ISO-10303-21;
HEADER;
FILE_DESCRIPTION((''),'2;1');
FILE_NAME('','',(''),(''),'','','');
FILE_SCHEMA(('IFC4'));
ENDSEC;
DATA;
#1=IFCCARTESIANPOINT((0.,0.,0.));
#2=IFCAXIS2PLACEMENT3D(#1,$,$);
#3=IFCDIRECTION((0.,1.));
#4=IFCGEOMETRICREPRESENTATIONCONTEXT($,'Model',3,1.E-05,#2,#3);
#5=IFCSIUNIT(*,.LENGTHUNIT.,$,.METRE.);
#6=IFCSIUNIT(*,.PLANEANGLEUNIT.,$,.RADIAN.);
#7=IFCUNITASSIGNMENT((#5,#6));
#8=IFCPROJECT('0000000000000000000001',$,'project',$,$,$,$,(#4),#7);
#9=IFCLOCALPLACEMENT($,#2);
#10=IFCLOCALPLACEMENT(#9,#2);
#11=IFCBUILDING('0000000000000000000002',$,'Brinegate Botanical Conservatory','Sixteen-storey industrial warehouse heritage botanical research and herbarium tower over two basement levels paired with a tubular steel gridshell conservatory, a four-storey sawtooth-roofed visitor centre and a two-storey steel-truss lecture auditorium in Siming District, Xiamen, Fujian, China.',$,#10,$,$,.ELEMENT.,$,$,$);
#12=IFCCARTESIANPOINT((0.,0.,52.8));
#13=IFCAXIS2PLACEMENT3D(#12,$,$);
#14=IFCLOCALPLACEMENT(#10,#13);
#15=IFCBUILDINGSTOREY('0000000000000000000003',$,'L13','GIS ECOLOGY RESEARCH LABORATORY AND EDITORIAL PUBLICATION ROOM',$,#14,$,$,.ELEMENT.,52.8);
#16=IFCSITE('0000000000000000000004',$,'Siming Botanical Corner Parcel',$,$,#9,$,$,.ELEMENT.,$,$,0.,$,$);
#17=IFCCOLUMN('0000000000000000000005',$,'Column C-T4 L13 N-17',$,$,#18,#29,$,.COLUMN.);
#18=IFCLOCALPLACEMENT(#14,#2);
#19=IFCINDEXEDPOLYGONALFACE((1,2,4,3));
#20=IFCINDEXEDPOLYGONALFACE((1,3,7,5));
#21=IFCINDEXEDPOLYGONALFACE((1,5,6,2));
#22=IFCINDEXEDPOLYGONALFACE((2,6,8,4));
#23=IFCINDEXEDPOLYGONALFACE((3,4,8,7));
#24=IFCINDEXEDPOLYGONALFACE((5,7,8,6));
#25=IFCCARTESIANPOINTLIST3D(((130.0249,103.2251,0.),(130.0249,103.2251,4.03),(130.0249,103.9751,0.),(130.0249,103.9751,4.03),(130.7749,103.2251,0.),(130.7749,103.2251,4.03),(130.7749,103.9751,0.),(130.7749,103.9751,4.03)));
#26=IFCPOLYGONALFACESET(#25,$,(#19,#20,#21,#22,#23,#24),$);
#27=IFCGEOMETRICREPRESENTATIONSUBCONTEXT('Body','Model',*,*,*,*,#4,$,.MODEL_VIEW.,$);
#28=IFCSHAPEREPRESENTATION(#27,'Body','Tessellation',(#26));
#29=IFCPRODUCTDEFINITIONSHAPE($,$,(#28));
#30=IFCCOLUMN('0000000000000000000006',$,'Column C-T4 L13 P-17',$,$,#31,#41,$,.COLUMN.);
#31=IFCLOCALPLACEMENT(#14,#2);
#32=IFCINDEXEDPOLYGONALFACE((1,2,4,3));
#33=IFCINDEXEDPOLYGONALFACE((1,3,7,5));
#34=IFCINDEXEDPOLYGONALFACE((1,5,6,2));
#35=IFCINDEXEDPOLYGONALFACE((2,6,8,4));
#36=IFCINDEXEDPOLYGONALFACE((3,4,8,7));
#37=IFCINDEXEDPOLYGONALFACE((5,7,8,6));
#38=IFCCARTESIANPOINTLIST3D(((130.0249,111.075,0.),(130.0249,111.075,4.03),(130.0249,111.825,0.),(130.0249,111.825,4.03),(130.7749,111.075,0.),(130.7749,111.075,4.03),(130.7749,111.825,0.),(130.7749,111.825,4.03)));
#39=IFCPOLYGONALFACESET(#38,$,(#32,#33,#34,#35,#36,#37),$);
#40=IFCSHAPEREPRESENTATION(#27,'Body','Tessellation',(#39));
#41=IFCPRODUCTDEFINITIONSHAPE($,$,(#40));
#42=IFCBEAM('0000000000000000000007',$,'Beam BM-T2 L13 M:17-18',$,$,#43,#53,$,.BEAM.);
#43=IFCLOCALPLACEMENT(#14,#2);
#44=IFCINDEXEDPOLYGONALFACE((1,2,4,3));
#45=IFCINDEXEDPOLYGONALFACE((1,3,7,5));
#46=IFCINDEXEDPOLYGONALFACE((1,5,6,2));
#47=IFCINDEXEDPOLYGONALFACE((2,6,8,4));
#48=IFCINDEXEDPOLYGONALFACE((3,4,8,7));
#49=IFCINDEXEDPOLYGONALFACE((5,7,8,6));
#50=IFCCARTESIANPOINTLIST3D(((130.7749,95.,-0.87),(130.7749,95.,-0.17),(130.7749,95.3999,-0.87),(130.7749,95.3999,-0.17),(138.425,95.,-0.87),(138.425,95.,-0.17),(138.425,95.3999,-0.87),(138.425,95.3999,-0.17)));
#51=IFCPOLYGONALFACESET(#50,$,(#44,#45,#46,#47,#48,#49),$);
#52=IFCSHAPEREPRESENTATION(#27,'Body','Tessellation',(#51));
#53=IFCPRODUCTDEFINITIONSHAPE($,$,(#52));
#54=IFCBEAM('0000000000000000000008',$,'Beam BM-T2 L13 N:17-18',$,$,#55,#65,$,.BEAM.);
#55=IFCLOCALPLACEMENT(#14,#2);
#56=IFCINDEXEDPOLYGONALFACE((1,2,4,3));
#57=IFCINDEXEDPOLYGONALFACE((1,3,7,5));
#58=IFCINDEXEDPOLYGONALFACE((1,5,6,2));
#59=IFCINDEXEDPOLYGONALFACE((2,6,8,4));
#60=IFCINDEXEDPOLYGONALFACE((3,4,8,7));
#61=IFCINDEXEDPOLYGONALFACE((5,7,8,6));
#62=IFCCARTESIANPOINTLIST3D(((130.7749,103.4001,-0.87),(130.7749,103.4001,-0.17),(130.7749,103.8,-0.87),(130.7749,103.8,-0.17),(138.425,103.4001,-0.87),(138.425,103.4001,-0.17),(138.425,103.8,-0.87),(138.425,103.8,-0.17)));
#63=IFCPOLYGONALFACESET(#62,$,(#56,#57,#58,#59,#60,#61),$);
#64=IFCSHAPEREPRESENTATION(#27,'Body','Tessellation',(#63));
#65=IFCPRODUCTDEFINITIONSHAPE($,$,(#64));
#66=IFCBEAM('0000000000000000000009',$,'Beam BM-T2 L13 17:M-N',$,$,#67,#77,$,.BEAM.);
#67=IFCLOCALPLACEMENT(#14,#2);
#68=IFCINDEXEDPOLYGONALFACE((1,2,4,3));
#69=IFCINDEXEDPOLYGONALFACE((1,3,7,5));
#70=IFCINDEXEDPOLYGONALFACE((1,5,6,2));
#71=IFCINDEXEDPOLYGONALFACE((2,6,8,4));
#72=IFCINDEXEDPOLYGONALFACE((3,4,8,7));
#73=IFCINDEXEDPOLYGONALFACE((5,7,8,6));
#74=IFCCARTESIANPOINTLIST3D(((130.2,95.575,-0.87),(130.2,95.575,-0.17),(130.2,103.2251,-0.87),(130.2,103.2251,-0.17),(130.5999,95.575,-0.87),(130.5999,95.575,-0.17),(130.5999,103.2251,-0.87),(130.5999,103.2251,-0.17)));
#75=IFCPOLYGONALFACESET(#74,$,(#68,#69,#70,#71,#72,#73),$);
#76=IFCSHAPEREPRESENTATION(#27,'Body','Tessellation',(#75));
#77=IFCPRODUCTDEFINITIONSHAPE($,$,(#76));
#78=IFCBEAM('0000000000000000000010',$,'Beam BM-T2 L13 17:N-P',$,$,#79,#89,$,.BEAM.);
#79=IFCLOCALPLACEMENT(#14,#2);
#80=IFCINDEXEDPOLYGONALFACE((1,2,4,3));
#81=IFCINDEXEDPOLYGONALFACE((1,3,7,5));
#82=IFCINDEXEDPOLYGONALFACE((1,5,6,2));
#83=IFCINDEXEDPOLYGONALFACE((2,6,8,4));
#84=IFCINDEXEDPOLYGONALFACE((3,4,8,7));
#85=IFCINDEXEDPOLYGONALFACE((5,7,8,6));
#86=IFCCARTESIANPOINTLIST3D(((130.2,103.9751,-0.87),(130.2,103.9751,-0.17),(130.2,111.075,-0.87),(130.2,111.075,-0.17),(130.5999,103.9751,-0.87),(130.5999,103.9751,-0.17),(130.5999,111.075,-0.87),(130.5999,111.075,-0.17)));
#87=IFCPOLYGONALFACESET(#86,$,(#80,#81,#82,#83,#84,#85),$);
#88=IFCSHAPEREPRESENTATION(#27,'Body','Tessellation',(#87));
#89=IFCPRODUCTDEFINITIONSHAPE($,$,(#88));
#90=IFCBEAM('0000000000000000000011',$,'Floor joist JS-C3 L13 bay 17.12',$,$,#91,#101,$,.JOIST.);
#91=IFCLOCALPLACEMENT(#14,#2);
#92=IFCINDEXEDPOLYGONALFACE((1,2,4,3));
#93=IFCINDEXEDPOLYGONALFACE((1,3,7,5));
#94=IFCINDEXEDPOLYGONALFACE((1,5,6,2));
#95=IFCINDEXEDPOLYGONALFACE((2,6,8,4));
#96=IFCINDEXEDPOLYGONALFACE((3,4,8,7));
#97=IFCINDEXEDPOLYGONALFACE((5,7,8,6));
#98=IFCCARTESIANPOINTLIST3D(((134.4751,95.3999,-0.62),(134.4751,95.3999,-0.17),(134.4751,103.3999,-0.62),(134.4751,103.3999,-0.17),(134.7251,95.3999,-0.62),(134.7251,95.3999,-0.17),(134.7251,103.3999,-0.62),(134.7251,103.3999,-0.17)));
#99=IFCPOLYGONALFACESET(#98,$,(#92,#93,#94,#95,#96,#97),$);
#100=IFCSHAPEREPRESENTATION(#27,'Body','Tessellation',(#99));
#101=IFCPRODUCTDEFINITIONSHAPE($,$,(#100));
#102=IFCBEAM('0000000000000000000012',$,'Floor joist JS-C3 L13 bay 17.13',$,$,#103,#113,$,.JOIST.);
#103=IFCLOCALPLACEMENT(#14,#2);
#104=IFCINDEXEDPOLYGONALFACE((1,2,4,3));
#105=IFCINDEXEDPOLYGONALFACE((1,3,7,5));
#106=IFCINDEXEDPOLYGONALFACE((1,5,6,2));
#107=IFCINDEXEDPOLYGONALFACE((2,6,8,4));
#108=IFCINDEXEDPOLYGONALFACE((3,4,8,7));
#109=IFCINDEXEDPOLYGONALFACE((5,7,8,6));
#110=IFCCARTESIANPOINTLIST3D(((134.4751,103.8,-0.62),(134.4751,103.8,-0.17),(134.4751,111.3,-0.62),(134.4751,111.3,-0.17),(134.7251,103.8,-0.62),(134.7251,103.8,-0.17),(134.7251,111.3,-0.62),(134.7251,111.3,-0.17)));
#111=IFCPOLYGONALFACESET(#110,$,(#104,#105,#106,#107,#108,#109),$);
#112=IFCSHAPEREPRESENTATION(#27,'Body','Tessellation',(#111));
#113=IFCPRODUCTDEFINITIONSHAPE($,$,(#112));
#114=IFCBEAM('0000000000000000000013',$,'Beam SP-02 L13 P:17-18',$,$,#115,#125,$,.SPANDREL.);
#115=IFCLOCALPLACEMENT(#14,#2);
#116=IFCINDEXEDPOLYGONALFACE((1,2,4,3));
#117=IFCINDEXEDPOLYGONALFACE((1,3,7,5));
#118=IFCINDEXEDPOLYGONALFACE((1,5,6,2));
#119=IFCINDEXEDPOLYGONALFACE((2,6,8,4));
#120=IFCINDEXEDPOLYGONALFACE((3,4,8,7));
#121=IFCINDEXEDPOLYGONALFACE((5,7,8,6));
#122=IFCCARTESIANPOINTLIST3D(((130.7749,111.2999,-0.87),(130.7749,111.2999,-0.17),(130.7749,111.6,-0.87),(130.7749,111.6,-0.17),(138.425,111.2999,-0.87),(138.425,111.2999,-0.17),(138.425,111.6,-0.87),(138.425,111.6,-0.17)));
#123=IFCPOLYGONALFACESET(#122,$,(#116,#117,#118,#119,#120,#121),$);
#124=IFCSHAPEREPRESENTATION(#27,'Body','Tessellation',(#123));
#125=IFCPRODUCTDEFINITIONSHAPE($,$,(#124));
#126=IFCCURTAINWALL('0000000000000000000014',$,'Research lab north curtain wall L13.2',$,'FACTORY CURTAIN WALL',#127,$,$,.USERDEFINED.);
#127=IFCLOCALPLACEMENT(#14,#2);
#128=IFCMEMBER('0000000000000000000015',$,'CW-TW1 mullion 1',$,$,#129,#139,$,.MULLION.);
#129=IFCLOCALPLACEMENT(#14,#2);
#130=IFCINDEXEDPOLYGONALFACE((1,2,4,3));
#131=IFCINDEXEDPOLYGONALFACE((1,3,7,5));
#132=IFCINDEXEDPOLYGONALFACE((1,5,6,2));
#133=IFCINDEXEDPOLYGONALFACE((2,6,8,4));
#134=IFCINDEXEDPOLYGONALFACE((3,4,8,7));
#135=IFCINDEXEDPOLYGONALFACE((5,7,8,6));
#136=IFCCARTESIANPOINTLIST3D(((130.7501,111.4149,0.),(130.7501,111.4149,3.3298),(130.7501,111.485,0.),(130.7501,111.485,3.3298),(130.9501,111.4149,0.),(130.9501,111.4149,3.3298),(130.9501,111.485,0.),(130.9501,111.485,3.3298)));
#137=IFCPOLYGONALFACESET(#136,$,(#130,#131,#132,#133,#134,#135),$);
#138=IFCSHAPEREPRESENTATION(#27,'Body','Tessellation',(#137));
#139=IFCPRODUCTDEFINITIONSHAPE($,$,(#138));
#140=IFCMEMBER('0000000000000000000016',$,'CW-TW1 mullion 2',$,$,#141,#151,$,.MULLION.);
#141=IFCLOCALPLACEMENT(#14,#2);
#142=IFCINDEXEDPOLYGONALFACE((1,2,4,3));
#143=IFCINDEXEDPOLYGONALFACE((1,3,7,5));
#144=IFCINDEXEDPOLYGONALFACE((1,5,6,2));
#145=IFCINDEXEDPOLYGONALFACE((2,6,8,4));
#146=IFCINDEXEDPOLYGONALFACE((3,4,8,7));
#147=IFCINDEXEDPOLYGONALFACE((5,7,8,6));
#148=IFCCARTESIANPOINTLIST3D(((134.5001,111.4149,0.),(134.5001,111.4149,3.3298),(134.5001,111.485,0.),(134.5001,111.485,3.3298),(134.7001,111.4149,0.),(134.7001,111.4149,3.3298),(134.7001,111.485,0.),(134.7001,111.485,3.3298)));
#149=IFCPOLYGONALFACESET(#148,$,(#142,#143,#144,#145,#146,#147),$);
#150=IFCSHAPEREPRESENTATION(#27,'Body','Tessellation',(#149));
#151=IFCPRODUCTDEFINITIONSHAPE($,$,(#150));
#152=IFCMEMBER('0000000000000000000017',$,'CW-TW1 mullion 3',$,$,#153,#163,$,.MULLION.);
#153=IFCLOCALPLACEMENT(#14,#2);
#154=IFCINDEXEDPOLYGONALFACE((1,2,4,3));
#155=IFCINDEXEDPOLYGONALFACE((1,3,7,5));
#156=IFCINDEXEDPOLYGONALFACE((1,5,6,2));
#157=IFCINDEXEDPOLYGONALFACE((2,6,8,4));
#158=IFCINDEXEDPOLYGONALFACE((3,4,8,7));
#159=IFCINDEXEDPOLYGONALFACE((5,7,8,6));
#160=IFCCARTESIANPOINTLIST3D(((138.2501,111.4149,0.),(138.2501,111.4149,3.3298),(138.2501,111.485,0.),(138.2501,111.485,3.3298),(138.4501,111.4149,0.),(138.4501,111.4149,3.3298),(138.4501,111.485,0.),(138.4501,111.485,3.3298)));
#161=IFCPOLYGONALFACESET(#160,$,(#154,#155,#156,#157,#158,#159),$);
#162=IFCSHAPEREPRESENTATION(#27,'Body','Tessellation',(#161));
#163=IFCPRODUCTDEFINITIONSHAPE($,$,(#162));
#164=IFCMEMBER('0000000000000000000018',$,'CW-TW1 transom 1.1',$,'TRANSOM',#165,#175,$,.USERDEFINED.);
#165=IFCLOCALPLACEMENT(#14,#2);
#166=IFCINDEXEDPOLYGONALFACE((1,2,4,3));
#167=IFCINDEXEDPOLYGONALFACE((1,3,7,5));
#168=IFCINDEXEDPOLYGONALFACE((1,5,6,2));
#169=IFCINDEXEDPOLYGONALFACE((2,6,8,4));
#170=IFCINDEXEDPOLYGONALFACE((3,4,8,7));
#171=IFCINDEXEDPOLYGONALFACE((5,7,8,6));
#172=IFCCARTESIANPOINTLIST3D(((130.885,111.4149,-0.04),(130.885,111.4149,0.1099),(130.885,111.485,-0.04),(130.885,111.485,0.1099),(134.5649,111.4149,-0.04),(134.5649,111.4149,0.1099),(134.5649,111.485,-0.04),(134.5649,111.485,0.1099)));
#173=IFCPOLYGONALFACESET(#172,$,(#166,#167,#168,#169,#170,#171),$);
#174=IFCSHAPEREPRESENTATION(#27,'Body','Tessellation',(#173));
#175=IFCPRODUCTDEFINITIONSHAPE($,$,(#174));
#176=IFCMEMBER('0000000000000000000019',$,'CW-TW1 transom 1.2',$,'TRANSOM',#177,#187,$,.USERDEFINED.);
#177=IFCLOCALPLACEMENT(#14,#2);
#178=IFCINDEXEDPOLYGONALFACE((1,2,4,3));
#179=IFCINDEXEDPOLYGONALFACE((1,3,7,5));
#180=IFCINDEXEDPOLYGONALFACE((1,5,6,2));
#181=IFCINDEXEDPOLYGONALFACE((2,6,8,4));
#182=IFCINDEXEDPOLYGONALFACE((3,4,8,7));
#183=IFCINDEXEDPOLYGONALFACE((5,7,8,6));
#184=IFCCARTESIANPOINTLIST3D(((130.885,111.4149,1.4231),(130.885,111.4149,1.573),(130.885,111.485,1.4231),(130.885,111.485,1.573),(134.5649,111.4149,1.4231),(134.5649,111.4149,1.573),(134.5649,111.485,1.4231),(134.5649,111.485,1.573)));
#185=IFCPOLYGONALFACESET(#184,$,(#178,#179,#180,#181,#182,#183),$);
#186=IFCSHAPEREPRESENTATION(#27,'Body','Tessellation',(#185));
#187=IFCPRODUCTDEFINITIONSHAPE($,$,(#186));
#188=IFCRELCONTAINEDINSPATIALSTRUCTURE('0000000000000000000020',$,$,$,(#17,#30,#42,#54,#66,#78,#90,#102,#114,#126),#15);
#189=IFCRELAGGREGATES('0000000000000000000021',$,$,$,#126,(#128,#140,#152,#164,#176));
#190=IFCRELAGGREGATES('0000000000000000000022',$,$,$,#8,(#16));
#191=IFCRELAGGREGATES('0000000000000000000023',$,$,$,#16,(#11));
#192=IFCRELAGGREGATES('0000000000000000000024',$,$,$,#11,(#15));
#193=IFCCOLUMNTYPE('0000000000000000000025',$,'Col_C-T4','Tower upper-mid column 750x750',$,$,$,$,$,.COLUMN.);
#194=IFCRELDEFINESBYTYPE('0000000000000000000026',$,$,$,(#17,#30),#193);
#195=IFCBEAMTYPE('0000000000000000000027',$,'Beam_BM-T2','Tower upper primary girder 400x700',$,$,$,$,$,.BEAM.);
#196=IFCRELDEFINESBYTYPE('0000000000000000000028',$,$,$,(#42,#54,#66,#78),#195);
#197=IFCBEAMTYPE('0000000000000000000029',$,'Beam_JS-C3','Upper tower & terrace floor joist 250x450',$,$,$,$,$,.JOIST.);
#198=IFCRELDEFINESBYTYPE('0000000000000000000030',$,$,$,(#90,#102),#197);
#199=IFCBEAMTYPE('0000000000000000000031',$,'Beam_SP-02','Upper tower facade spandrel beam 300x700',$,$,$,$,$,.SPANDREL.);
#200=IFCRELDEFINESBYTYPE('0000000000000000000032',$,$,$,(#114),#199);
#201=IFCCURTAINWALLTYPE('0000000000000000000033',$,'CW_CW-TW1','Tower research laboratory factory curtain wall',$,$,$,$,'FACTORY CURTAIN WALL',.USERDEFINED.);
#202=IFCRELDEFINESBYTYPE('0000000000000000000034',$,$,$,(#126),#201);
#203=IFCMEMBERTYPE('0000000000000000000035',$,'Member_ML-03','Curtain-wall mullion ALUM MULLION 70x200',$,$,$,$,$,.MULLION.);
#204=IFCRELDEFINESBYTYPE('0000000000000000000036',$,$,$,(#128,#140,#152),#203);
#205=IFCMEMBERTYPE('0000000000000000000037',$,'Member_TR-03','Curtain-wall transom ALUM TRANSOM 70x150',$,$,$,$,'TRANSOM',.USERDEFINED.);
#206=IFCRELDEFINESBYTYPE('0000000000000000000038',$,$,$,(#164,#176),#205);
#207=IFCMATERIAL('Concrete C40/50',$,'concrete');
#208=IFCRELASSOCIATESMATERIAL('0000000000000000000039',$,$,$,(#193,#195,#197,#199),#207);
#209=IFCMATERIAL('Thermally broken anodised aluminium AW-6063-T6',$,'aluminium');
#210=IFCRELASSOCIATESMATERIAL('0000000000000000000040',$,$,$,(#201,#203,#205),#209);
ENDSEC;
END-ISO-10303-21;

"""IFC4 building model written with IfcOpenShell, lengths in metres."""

from ifc_helpers import new_model, si_unit, direction, frame, origin, origin_2d, place, context, subcontext, project, spatial, rectangle, extrude, material, material_profile, profile_set, type_object, element, aggregate, save


model = new_model("IFC4")

# Units and contexts
model_context = context("Model", 3, precision=1e-05, world=origin(), true_north=direction((0.0, 1.0)))
body_context = subcontext(model_context, "Body", "Model", "MODEL_VIEW")
ifc_project = project(units=[si_unit("LENGTHUNIT", "METRE"), si_unit("PLANEANGLEUNIT", "RADIAN")], contexts=[model_context])

# Site, building, storey
site_placement = place(None, origin())
site = spatial("IfcSite", under=ifc_project, at=site_placement, Name="Siming Botanical Corner Parcel", CompositionType="ELEMENT", RefElevation=0.0)
building_placement = place(site_placement, origin())
building = spatial("IfcBuilding", under=site, at=building_placement, Name="Brinegate Botanical Conservatory", Description="Sixteen-storey industrial warehouse heritage botanical research and herbarium tower over two basement levels paired with a tubular steel gridshell conservatory, a four-storey sawtooth-roofed visitor centre and a two-storey steel-truss lecture auditorium in Siming District, Xiamen, Fujian, China.", CompositionType="ELEMENT")
storey_placement = place(building_placement, frame((0.0, 0.0, 52.8)))
storey = spatial("IfcBuildingStorey", under=building, at=storey_placement, Name="L13", Description="GIS ECOLOGY RESEARCH LABORATORY AND EDITORIAL PUBLICATION ROOM", CompositionType="ELEMENT", Elevation=52.8)

# Columns
ifc_material_1 = material(Name="Concrete C40/50", Category="concrete")
ifc_material_profile_1 = material_profile(ifc_material_1, rectangle(XDim=0.75, YDim=0.75, at=origin_2d()), Name="RC COL 750x750")
ifc_profile_set_1 = profile_set([ifc_material_profile_1], Name="Concrete C40/50")
column_type = type_object("IfcColumnType", Name="Col_C-T4", Description="Tower upper-mid column 750x750", PredefinedType="COLUMN", material=ifc_profile_set_1)
for number, where, z_axis, x_axis, name in (
    (1, (130.3999, 103.6001, 0.0), (0.0, 0.0, 1.0), (1.0, 0.0, 0.0), "Column C-T4 L13 N-17"),
    (2, (130.3999, 111.45, 0.0), (0.0, 0.0, 1.0), (1.0, 0.0, 0.0), "Column C-T4 L13 P-17"),
):
    element("IfcColumn", number, at=place(storey_placement, frame(where, z_axis=z_axis, x_axis=x_axis)), inside=storey, type_object=column_type, Name=name, PredefinedType="COLUMN", context=body_context, shape_type="SweptSolid", body=[
        extrude(rectangle(XDim=0.75, YDim=0.75, at=origin_2d()), origin(), (0.0, 0.0, 1.0), 4.03),
    ])

# Beams
ifc_material_profile_2 = material_profile(ifc_material_1, rectangle(XDim=0.3999, YDim=0.7, at=origin_2d()), Name="RC BM 400x700")
ifc_profile_set_2 = profile_set([ifc_material_profile_2], Name="Concrete C40/50")
beam_type_1 = type_object("IfcBeamType", Name="Beam_BM-T2", Description="Tower upper primary girder 400x700", PredefinedType="BEAM", material=ifc_profile_set_2)
for number, where, z_axis, x_axis, name in (
    (3, (130.7749, 95.2, -0.52), (1.0, 0.0, 0.0), (0.0, 1.0, 0.0), "Beam BM-T2 L13 M:17-18"),
    (4, (130.7749, 103.6001, -0.52), (1.0, 0.0, 0.0), (0.0, 1.0, 0.0), "Beam BM-T2 L13 N:17-18"),
    (5, (130.3999, 95.575, -0.52), (0.0, 1.0, 0.0), (-1.0, 0.0, 0.0), "Beam BM-T2 L13 17:M-N"),
):
    element("IfcBeam", number, at=place(storey_placement, frame(where, z_axis=z_axis, x_axis=x_axis)), inside=storey, type_object=beam_type_1, Name=name, PredefinedType="BEAM", context=body_context, shape_type="SweptSolid", body=[
        extrude(rectangle(XDim=0.3999, YDim=0.7, at=origin_2d()), origin(), (0.0, 0.0, 1.0), 7.6501),
    ])
beam_1_placement = place(storey_placement, frame((130.3999, 103.9751, -0.52), z_axis=(0.0, 1.0, 0.0), x_axis=(-1.0, 0.0, 0.0)))
element("IfcBeam", 6, at=beam_1_placement, inside=storey, type_object=beam_type_1, Name="Beam BM-T2 L13 17:N-P", PredefinedType="BEAM", context=body_context, shape_type="SweptSolid", body=[
    extrude(rectangle(XDim=0.3999, YDim=0.7, at=origin_2d()), origin(), (0.0, 0.0, 1.0), 7.0999),
])
ifc_material_profile_3 = material_profile(ifc_material_1, rectangle(XDim=0.25, YDim=0.45, at=origin_2d()), Name="RC JST 250x450")
ifc_profile_set_3 = profile_set([ifc_material_profile_3], Name="Concrete C40/50")
beam_type_2 = type_object("IfcBeamType", Name="Beam_JS-C3", Description="Upper tower & terrace floor joist 250x450", PredefinedType="JOIST", material=ifc_profile_set_3)
beam_2_placement = place(storey_placement, frame((134.6001, 95.3999, -0.395), z_axis=(0.0, 1.0, 0.0), x_axis=(-1.0, 0.0, 0.0)))
element("IfcBeam", 7, at=beam_2_placement, inside=storey, type_object=beam_type_2, Name="Floor joist JS-C3 L13 bay 17.12", PredefinedType="JOIST", context=body_context, shape_type="SweptSolid", body=[
    extrude(rectangle(XDim=0.25, YDim=0.45, at=origin_2d()), origin(), (0.0, 0.0, 1.0), 8.0),
])
beam_3_placement = place(storey_placement, frame((134.6001, 103.8, -0.395), z_axis=(0.0, 1.0, 0.0), x_axis=(-1.0, 0.0, 0.0)))
element("IfcBeam", 8, at=beam_3_placement, inside=storey, type_object=beam_type_2, Name="Floor joist JS-C3 L13 bay 17.13", PredefinedType="JOIST", context=body_context, shape_type="SweptSolid", body=[
    extrude(rectangle(XDim=0.25, YDim=0.45, at=origin_2d()), origin(), (0.0, 0.0, 1.0), 7.5),
])
ifc_material_profile_4 = material_profile(ifc_material_1, rectangle(XDim=0.3, YDim=0.7, at=origin_2d()), Name="RC SPN 300x700")
ifc_profile_set_4 = profile_set([ifc_material_profile_4], Name="Concrete C40/50")
beam_type_3 = type_object("IfcBeamType", Name="Beam_SP-02", Description="Upper tower facade spandrel beam 300x700", PredefinedType="SPANDREL", material=ifc_profile_set_4)
beam_4_placement = place(storey_placement, frame((130.7749, 111.45, -0.52), z_axis=(1.0, 0.0, 0.0), x_axis=(0.0, 1.0, 0.0)))
element("IfcBeam", 9, at=beam_4_placement, inside=storey, type_object=beam_type_3, Name="Beam SP-02 L13 P:17-18", PredefinedType="SPANDREL", context=body_context, shape_type="SweptSolid", body=[
    extrude(rectangle(XDim=0.3, YDim=0.7, at=origin_2d()), origin(), (0.0, 0.0, 1.0), 7.6501),
])

# Curtain wall, members
ifc_material_2 = material(Name="Thermally broken anodised aluminium AW-6063-T6", Category="aluminium")
curtain_wall_type = type_object("IfcCurtainWallType", Name="CW_CW-TW1", Description="Tower research laboratory factory curtain wall", ElementType="FACTORY CURTAIN WALL", PredefinedType="USERDEFINED", material=ifc_material_2)
curtain_wall_placement = place(storey_placement, origin())
curtain_wall = element("IfcCurtainWall", 10, at=curtain_wall_placement, inside=storey, type_object=curtain_wall_type, Name="Research lab north curtain wall L13.2", ObjectType="FACTORY CURTAIN WALL", PredefinedType="USERDEFINED")
ifc_material_profile_5 = material_profile(ifc_material_2, rectangle(XDim=0.0701, YDim=0.2, at=origin_2d()), Name="ALUM MULLION 70x200")
ifc_profile_set_5 = profile_set([ifc_material_profile_5], Name="Thermally broken anodised aluminium AW-6063-T6")
member_type_1 = type_object("IfcMemberType", Name="Member_ML-03", Description="Curtain-wall mullion ALUM MULLION 70x200", PredefinedType="MULLION", material=ifc_profile_set_5)
member_1_placement = place(storey_placement, frame((130.8501, 111.45, 0.0), z_axis=(0.0, 0.0, 1.0), x_axis=(0.0, 1.0, 0.0)))
member_1 = element("IfcMember", 11, at=member_1_placement, type_object=member_type_1, Name="CW-TW1 mullion 1", PredefinedType="MULLION", context=body_context, shape_type="SweptSolid", body=[
    extrude(rectangle(XDim=0.0701, YDim=0.2, at=origin_2d()), origin(), (0.0, 0.0, 1.0), 3.3298),
])
member_2_placement = place(storey_placement, frame((134.6001, 111.45, 0.0), z_axis=(0.0, 0.0, 1.0), x_axis=(0.0, 1.0, 0.0)))
member_2 = element("IfcMember", 12, at=member_2_placement, type_object=member_type_1, Name="CW-TW1 mullion 2", PredefinedType="MULLION", context=body_context, shape_type="SweptSolid", body=[
    extrude(rectangle(XDim=0.0701, YDim=0.2, at=origin_2d()), origin(), (0.0, 0.0, 1.0), 3.3298),
])
member_3_placement = place(storey_placement, frame((138.3501, 111.45, 0.0), z_axis=(0.0, 0.0, 1.0), x_axis=(0.0, 1.0, 0.0)))
member_3 = element("IfcMember", 13, at=member_3_placement, type_object=member_type_1, Name="CW-TW1 mullion 3", PredefinedType="MULLION", context=body_context, shape_type="SweptSolid", body=[
    extrude(rectangle(XDim=0.0701, YDim=0.2, at=origin_2d()), origin(), (0.0, 0.0, 1.0), 3.3298),
])
ifc_material_profile_6 = material_profile(ifc_material_2, rectangle(XDim=0.0701, YDim=0.1499, at=origin_2d()), Name="ALUM TRANSOM 70x150")
ifc_profile_set_6 = profile_set([ifc_material_profile_6], Name="Thermally broken anodised aluminium AW-6063-T6")
member_type_2 = type_object("IfcMemberType", Name="Member_TR-03", Description="Curtain-wall transom ALUM TRANSOM 70x150", ElementType="TRANSOM", PredefinedType="USERDEFINED", material=ifc_profile_set_6)
member_4_placement = place(storey_placement, frame((130.885, 111.45, 0.0349), z_axis=(1.0, 0.0, 0.0), x_axis=(0.0, 1.0, 0.0)))
member_4 = element("IfcMember", 14, at=member_4_placement, type_object=member_type_2, Name="CW-TW1 transom 1.1", ObjectType="TRANSOM", PredefinedType="USERDEFINED", context=body_context, shape_type="SweptSolid", body=[
    extrude(rectangle(XDim=0.0701, YDim=0.1499, at=origin_2d()), origin(), (0.0, 0.0, 1.0), 3.6799),
])
member_5_placement = place(storey_placement, frame((130.885, 111.45, 1.498), z_axis=(1.0, 0.0, 0.0), x_axis=(0.0, 1.0, 0.0)))
member_5 = element("IfcMember", 15, at=member_5_placement, type_object=member_type_2, Name="CW-TW1 transom 1.2", ObjectType="TRANSOM", PredefinedType="USERDEFINED", context=body_context, shape_type="SweptSolid", body=[
    extrude(rectangle(XDim=0.0701, YDim=0.1499, at=origin_2d()), origin(), (0.0, 0.0, 1.0), 3.6799),
])
aggregate(curtain_wall, [member_1, member_2, member_3, member_4, member_5])

save(model, "model.ifc")
